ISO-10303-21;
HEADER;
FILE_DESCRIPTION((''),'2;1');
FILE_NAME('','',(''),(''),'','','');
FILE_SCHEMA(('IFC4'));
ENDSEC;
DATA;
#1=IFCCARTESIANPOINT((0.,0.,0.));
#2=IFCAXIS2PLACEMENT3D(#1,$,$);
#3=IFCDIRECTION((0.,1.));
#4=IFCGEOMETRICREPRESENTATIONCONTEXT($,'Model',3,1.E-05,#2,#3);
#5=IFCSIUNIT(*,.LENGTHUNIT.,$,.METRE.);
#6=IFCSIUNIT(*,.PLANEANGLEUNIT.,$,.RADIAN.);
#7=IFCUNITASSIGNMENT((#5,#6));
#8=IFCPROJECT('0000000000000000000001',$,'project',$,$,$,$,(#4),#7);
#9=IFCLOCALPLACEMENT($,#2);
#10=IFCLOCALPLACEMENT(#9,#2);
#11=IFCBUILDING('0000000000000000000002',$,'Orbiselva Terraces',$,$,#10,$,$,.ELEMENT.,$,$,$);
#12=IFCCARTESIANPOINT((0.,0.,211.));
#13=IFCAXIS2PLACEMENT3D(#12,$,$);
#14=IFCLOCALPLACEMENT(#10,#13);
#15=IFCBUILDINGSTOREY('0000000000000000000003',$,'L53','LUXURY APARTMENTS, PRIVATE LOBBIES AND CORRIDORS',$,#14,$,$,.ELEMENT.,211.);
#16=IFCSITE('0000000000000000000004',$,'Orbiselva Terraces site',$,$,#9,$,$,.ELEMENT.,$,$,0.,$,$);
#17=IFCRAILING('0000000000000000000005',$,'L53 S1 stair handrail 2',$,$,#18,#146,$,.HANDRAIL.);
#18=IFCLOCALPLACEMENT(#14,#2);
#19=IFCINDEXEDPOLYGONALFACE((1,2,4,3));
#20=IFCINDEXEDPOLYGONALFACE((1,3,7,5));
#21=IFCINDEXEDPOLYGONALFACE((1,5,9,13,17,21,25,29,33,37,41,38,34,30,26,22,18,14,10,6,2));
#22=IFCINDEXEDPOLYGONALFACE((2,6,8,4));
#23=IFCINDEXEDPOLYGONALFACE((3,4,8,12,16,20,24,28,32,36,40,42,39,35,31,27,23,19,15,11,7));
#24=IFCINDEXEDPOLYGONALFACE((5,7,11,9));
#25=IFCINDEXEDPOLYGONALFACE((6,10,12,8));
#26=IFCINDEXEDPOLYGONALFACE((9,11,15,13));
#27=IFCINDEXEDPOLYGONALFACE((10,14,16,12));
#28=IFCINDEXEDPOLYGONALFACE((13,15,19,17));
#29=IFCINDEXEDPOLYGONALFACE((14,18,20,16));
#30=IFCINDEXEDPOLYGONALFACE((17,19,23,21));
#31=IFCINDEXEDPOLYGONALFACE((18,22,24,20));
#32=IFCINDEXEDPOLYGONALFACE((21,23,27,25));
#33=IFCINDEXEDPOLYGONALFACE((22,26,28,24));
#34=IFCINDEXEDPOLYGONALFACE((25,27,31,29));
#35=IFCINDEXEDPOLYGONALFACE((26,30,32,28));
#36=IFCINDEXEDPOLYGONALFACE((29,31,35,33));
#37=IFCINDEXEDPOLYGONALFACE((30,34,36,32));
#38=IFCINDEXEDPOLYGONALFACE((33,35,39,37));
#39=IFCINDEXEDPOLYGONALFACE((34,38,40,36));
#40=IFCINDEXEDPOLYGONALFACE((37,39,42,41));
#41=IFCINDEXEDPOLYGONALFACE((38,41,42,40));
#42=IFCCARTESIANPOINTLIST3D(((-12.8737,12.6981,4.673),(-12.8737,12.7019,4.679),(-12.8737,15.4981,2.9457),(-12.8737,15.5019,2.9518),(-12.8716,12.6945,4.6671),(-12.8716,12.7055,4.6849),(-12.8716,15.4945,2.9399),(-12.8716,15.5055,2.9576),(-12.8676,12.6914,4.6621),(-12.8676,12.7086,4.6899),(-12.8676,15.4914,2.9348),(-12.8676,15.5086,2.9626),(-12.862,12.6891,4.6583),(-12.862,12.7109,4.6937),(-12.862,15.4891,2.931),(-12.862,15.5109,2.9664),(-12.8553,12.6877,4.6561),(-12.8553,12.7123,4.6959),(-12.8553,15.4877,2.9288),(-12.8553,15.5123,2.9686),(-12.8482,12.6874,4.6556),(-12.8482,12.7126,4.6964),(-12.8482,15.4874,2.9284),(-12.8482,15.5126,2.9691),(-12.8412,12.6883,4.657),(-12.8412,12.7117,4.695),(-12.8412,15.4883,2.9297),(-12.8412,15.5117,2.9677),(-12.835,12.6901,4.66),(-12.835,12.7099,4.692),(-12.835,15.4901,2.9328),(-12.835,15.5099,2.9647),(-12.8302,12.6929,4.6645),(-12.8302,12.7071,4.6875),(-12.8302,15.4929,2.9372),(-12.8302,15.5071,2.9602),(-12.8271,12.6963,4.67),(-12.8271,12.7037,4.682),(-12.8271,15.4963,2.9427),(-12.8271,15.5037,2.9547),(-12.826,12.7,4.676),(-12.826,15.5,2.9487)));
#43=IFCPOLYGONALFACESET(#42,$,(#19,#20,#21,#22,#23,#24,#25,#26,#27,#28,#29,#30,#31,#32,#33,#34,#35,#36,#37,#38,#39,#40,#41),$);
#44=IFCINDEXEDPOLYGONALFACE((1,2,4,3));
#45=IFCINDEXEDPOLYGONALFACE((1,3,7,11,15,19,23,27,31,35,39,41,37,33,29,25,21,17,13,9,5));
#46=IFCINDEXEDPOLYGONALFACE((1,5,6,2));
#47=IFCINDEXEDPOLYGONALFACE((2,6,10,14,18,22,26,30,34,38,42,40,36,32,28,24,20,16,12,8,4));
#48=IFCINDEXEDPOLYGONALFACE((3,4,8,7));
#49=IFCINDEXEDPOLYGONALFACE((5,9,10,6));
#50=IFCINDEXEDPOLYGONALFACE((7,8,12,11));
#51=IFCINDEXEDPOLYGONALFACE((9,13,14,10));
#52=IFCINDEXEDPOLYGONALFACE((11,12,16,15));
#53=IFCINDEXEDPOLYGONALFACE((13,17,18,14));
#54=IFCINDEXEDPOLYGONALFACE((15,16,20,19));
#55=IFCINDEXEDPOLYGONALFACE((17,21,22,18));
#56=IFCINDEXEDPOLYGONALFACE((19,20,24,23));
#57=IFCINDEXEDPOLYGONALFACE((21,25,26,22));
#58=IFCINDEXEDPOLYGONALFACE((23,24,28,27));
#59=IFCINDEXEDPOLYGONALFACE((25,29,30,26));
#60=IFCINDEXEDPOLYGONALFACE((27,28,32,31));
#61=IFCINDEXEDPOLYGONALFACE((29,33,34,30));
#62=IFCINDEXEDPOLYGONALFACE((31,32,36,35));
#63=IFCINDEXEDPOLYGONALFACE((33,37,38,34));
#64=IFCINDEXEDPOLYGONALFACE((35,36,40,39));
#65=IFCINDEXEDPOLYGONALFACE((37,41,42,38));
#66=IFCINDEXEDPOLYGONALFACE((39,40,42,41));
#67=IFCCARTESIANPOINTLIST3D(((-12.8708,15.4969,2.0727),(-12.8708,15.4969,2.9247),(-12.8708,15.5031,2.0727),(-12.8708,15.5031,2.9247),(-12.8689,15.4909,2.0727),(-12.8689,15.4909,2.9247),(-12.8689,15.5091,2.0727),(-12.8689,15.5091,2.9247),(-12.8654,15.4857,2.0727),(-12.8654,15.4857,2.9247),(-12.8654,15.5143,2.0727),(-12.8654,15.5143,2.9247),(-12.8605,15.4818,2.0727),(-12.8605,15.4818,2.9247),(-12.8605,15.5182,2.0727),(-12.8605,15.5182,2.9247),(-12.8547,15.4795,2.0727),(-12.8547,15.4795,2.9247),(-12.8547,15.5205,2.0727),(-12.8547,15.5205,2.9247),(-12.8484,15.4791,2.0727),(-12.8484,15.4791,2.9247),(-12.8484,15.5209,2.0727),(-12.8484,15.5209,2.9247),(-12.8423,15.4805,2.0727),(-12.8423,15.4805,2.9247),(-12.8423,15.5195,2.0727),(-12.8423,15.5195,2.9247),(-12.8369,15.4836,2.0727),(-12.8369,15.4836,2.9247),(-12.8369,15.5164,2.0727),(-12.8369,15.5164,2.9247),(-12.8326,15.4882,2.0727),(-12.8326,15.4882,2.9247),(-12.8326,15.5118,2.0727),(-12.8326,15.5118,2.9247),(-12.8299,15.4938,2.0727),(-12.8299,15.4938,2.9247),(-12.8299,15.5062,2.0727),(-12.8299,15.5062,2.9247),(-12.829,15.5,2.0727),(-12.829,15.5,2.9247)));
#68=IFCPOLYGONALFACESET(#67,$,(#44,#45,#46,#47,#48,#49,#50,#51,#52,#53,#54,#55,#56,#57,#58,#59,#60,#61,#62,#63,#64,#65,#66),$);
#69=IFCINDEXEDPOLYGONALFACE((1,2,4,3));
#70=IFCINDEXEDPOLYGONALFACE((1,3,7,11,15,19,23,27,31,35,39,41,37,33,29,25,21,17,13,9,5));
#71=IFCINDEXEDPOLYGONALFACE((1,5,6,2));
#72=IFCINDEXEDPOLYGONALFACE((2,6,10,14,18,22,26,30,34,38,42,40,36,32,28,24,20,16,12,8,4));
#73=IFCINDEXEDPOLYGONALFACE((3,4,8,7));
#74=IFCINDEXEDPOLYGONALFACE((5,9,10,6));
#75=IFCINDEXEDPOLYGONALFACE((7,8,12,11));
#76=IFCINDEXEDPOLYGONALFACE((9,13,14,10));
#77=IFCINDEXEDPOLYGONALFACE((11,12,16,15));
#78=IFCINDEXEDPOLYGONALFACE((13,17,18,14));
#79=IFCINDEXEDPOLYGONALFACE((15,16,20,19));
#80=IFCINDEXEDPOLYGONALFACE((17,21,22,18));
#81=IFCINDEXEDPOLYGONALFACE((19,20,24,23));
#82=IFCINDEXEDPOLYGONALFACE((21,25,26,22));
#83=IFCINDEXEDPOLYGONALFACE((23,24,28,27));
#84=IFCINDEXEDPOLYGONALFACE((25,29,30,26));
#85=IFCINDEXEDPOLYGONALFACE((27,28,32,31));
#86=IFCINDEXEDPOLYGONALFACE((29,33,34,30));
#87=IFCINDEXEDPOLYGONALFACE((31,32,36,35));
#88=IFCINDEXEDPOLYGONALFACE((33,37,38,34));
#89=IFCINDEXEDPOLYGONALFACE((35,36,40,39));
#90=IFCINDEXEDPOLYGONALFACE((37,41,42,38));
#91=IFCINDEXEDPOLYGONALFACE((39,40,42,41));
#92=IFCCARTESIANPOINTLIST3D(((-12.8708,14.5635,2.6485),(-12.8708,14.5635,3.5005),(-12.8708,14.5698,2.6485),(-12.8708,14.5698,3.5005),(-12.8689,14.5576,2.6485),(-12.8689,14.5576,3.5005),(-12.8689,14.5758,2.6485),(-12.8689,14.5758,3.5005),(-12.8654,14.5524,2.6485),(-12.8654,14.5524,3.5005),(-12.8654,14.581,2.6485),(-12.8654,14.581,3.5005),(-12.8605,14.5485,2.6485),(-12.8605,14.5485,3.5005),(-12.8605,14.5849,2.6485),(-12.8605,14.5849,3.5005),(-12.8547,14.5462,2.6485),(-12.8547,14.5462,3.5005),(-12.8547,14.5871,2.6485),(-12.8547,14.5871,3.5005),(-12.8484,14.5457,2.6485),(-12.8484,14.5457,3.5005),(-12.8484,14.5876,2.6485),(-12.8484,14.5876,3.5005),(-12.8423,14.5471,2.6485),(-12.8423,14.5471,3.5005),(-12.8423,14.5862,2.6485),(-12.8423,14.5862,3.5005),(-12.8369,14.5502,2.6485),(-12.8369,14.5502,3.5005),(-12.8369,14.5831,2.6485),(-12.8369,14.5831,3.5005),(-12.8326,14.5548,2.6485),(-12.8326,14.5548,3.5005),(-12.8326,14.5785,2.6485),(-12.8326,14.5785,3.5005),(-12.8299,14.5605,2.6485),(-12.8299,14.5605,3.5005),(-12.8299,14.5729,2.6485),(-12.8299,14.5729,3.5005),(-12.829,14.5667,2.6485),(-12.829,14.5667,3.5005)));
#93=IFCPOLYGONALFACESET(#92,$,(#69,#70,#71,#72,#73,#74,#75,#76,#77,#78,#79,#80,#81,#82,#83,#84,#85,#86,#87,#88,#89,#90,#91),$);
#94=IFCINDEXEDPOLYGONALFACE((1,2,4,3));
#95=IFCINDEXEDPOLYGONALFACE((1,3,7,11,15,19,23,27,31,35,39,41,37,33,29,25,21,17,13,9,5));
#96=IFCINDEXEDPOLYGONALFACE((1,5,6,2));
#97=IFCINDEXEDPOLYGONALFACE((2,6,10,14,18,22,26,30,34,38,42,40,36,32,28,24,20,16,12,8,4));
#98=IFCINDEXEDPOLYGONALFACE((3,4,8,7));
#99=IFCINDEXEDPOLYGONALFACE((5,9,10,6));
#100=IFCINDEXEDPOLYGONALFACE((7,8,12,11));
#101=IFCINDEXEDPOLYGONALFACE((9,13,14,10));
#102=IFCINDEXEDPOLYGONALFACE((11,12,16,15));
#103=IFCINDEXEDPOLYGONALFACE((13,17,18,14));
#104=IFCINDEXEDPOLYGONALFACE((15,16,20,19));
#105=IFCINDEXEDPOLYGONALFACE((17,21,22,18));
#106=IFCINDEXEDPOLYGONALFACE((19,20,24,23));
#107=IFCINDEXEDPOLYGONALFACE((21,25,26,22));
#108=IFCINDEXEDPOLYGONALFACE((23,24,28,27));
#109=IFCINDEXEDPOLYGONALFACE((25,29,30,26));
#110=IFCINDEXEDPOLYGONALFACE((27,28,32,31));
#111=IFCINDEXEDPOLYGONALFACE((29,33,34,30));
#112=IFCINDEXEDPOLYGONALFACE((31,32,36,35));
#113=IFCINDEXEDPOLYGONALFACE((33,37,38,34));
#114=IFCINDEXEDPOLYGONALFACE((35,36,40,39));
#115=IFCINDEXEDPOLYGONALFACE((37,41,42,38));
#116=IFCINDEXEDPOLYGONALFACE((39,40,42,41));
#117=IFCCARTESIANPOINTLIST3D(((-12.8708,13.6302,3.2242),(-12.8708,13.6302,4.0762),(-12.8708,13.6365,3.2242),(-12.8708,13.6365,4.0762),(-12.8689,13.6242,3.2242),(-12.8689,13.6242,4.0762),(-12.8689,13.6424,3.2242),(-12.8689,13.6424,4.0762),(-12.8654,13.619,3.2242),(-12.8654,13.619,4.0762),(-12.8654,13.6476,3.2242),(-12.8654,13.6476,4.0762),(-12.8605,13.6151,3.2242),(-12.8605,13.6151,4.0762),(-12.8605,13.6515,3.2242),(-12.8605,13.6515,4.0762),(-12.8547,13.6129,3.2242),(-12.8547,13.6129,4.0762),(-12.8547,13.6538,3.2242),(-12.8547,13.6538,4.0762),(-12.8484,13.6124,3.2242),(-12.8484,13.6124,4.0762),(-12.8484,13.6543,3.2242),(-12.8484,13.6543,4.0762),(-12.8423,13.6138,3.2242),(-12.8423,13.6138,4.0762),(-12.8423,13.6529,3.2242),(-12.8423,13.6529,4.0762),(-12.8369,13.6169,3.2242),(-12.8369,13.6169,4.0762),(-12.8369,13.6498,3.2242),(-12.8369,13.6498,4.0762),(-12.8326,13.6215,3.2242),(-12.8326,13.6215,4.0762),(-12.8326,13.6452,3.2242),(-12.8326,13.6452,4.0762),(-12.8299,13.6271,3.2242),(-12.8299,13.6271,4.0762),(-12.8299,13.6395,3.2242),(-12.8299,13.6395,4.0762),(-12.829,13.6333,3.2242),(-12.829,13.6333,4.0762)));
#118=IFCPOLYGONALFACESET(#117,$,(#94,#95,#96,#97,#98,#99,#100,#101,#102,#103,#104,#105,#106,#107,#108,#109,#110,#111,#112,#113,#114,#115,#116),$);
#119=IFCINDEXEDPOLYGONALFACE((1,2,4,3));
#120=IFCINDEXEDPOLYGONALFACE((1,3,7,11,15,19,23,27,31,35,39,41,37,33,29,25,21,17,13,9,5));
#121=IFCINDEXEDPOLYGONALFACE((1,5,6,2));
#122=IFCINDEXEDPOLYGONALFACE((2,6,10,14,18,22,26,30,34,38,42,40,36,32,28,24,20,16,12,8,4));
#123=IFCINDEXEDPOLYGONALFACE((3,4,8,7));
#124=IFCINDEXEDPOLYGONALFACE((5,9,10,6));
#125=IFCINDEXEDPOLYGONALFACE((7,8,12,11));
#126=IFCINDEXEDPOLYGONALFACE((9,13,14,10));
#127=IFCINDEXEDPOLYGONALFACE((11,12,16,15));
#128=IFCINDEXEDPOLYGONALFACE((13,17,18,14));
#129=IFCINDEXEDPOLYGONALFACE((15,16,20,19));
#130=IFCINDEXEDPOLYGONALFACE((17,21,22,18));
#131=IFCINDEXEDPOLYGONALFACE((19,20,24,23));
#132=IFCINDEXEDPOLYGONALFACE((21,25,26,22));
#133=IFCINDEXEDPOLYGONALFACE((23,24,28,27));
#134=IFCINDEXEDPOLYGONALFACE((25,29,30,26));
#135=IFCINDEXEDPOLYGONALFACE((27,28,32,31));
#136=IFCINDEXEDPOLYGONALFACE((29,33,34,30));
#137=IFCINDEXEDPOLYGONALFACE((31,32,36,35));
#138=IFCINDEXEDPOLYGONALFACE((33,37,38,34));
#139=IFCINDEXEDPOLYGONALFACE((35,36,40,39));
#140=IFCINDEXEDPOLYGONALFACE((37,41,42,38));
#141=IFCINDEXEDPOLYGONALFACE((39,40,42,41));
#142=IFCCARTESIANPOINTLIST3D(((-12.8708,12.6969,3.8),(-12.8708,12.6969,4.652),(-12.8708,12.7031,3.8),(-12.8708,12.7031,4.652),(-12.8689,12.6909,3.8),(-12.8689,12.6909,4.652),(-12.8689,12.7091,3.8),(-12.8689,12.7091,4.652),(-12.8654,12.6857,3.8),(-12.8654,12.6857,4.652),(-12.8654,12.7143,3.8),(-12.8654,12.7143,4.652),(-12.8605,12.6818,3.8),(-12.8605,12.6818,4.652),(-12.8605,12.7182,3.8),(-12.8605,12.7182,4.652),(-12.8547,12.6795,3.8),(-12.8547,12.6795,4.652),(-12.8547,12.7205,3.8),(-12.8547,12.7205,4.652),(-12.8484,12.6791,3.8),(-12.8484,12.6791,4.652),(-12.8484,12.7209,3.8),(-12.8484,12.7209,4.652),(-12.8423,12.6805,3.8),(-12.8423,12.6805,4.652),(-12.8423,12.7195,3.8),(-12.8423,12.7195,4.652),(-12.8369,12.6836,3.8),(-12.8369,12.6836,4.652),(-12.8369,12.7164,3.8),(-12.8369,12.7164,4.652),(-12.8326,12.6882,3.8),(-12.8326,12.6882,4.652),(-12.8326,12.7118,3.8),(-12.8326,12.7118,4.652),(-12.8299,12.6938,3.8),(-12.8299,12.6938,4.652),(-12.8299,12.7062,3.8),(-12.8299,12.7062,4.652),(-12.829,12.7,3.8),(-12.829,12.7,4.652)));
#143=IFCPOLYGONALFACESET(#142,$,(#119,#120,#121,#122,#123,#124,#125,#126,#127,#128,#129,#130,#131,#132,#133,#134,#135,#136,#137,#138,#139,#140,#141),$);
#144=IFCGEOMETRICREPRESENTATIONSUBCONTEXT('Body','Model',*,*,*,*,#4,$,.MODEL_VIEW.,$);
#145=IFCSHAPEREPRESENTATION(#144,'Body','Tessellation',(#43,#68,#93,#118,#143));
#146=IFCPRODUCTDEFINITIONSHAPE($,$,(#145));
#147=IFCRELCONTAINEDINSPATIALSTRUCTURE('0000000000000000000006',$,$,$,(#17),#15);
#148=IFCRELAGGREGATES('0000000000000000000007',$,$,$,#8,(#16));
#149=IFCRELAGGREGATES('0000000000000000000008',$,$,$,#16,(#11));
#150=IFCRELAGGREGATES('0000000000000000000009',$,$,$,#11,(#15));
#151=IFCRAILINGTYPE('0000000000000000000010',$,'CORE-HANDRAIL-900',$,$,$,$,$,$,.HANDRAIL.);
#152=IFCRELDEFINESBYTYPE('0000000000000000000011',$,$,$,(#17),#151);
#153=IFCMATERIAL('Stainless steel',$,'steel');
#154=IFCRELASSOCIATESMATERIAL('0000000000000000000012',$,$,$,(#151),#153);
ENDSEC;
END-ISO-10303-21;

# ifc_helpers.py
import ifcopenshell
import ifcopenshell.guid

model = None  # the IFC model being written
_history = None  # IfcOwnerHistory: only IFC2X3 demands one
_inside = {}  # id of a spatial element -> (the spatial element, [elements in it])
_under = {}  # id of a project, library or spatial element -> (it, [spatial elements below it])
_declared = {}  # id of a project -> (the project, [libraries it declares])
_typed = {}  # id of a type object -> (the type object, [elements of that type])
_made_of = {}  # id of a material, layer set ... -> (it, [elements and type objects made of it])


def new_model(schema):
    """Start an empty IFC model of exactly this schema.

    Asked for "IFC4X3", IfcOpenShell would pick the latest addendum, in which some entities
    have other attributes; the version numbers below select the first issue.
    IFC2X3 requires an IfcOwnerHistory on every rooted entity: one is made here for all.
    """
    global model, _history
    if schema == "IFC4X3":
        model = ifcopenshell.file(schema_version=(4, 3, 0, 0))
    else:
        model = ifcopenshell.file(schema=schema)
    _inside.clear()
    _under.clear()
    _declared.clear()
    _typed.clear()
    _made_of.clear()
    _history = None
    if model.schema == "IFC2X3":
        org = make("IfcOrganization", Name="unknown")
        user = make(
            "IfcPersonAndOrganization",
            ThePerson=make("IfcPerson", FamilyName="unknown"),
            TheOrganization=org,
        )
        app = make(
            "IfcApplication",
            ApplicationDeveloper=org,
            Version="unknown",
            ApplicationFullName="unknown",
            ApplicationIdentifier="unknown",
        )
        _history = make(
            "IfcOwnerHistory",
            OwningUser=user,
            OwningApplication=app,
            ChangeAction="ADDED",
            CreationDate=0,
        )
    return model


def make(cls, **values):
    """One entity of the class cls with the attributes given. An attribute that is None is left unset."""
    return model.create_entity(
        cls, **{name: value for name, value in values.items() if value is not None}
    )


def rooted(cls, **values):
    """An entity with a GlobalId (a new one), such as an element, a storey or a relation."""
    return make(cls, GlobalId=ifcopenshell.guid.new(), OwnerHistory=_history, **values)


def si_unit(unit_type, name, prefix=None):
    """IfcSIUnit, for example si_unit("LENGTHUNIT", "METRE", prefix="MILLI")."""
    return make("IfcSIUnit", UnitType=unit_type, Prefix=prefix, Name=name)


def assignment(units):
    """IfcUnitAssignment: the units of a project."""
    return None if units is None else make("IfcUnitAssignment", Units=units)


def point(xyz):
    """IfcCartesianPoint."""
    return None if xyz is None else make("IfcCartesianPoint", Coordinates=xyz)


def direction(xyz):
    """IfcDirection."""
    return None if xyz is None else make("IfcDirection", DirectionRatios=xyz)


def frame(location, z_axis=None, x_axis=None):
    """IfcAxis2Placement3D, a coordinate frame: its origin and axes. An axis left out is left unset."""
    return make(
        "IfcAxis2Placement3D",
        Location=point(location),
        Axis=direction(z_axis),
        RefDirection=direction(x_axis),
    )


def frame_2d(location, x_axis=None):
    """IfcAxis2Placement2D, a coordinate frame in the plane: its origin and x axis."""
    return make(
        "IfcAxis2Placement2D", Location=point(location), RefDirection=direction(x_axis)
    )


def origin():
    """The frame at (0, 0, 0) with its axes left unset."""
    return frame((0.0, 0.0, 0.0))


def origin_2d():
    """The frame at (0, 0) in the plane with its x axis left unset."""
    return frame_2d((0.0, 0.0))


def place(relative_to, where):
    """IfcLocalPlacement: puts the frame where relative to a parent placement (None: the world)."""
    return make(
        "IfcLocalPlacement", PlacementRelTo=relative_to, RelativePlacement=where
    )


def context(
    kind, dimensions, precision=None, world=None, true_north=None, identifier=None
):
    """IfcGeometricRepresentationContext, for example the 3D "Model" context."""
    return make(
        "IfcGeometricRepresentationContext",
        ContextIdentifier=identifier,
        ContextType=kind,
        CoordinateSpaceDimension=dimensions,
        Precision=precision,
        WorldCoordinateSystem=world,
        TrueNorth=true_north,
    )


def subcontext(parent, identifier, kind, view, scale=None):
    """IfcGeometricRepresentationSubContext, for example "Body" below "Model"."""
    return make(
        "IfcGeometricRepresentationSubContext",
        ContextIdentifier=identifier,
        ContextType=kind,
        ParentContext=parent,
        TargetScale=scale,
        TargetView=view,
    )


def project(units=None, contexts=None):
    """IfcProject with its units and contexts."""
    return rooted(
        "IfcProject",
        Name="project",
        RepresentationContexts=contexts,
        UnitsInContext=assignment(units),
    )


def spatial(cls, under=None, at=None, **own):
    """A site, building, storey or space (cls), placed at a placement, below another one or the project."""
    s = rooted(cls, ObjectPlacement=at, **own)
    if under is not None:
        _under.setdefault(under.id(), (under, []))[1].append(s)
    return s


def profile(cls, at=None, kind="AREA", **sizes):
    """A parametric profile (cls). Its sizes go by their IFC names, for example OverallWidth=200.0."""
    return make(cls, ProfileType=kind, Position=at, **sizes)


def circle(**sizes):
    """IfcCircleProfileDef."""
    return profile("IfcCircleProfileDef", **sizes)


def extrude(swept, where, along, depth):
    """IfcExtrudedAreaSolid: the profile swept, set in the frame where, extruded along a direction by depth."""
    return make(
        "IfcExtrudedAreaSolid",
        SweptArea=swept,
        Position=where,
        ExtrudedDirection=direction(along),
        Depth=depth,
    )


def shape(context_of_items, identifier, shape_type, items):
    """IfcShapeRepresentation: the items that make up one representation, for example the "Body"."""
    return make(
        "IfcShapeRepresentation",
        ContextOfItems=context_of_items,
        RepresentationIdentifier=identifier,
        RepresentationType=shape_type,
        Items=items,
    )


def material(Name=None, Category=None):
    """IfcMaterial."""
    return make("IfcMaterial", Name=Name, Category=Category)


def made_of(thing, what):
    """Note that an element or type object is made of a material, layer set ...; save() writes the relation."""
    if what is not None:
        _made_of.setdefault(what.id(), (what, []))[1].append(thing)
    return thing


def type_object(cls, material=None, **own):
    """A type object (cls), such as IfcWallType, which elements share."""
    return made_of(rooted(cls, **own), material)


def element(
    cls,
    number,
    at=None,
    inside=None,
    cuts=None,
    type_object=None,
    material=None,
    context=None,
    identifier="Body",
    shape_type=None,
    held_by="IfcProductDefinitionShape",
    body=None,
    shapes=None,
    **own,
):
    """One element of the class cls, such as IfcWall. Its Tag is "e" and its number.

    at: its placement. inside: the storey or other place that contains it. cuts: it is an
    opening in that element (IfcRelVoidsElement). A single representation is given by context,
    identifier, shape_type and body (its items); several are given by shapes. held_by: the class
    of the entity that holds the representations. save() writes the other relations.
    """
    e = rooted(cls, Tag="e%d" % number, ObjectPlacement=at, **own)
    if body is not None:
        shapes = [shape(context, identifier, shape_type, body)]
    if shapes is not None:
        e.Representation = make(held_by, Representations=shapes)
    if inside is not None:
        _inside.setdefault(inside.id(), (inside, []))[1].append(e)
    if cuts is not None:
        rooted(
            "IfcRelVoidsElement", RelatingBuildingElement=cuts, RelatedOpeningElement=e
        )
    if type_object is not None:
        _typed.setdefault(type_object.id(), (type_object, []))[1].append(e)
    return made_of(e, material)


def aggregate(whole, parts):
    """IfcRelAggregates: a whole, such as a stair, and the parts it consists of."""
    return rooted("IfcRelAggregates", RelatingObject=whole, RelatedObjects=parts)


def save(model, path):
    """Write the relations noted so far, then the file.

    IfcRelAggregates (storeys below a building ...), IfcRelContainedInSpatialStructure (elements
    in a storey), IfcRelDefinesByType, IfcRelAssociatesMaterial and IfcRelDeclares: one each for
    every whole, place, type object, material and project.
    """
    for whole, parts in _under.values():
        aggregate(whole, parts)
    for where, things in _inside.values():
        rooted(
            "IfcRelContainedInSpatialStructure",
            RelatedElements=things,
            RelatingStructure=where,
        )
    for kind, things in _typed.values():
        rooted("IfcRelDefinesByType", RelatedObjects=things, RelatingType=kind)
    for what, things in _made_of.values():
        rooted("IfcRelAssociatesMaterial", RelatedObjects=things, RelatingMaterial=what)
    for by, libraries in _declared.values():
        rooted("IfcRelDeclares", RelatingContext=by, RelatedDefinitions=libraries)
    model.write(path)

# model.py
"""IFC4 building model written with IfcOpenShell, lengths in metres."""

from ifc_helpers import new_model, si_unit, direction, frame, origin, origin_2d, place, context, subcontext, project, spatial, circle, extrude, material, type_object, element, save


model = new_model("IFC4")

# Units and contexts
model_context = context("Model", 3, precision=1e-05, world=origin(), true_north=direction((0.0, 1.0)))
body_context = subcontext(model_context, "Body", "Model", "MODEL_VIEW")
ifc_project = project(units=[si_unit("LENGTHUNIT", "METRE"), si_unit("PLANEANGLEUNIT", "RADIAN")], contexts=[model_context])

# Site, building, storey
site_placement = place(None, origin())
site = spatial("IfcSite", under=ifc_project, at=site_placement, Name="Orbiselva Terraces site", CompositionType="ELEMENT", RefElevation=0.0)
building_placement = place(site_placement, origin())
building = spatial("IfcBuilding", under=site, at=building_placement, Name="Orbiselva Terraces", CompositionType="ELEMENT")
storey_placement = place(building_placement, frame((0.0, 0.0, 211.0)))
storey = spatial("IfcBuildingStorey", under=building, at=storey_placement, Name="L53", Description="LUXURY APARTMENTS, PRIVATE LOBBIES AND CORRIDORS", CompositionType="ELEMENT", Elevation=211.0)

# Railing
ifc_material_1 = material(Name="Stainless steel", Category="steel")
railing_type_1 = type_object("IfcRailingType", Name="CORE-HANDRAIL-900", PredefinedType="HANDRAIL", material=ifc_material_1)
railing_1_placement = place(storey_placement, frame((-12.85, 15.5, 2.0727)))
element("IfcRailing", 1, at=railing_1_placement, inside=storey, type_object=railing_type_1, Name="L53 S1 stair handrail 2", PredefinedType="HANDRAIL", context=body_context, shape_type="SweptSolid", body=[
    extrude(circle(Radius=0.024, at=origin_2d()), frame((0.0, 0.0, 0.876), z_axis=(0.0, -0.851089, 0.525022), x_axis=(1.0, 0.0, 0.0)), (0.0, 0.0, 1.0), 3.2899),
    extrude(circle(Radius=0.021, at=origin_2d()), origin(), (0.0, 0.0, 1.0), 0.852),
    extrude(circle(Radius=0.021, at=origin_2d()), frame((0.0, -0.9333, 0.5758)), (0.0, 0.0, 1.0), 0.852),
    extrude(circle(Radius=0.021, at=origin_2d()), frame((0.0, -1.8667, 1.1515)), (0.0, 0.0, 1.0), 0.852),
    extrude(circle(Radius=0.021, at=origin_2d()), frame((0.0, -2.8, 1.7273)), (0.0, 0.0, 1.0), 0.852),
])

save(model, "model.ifc")
